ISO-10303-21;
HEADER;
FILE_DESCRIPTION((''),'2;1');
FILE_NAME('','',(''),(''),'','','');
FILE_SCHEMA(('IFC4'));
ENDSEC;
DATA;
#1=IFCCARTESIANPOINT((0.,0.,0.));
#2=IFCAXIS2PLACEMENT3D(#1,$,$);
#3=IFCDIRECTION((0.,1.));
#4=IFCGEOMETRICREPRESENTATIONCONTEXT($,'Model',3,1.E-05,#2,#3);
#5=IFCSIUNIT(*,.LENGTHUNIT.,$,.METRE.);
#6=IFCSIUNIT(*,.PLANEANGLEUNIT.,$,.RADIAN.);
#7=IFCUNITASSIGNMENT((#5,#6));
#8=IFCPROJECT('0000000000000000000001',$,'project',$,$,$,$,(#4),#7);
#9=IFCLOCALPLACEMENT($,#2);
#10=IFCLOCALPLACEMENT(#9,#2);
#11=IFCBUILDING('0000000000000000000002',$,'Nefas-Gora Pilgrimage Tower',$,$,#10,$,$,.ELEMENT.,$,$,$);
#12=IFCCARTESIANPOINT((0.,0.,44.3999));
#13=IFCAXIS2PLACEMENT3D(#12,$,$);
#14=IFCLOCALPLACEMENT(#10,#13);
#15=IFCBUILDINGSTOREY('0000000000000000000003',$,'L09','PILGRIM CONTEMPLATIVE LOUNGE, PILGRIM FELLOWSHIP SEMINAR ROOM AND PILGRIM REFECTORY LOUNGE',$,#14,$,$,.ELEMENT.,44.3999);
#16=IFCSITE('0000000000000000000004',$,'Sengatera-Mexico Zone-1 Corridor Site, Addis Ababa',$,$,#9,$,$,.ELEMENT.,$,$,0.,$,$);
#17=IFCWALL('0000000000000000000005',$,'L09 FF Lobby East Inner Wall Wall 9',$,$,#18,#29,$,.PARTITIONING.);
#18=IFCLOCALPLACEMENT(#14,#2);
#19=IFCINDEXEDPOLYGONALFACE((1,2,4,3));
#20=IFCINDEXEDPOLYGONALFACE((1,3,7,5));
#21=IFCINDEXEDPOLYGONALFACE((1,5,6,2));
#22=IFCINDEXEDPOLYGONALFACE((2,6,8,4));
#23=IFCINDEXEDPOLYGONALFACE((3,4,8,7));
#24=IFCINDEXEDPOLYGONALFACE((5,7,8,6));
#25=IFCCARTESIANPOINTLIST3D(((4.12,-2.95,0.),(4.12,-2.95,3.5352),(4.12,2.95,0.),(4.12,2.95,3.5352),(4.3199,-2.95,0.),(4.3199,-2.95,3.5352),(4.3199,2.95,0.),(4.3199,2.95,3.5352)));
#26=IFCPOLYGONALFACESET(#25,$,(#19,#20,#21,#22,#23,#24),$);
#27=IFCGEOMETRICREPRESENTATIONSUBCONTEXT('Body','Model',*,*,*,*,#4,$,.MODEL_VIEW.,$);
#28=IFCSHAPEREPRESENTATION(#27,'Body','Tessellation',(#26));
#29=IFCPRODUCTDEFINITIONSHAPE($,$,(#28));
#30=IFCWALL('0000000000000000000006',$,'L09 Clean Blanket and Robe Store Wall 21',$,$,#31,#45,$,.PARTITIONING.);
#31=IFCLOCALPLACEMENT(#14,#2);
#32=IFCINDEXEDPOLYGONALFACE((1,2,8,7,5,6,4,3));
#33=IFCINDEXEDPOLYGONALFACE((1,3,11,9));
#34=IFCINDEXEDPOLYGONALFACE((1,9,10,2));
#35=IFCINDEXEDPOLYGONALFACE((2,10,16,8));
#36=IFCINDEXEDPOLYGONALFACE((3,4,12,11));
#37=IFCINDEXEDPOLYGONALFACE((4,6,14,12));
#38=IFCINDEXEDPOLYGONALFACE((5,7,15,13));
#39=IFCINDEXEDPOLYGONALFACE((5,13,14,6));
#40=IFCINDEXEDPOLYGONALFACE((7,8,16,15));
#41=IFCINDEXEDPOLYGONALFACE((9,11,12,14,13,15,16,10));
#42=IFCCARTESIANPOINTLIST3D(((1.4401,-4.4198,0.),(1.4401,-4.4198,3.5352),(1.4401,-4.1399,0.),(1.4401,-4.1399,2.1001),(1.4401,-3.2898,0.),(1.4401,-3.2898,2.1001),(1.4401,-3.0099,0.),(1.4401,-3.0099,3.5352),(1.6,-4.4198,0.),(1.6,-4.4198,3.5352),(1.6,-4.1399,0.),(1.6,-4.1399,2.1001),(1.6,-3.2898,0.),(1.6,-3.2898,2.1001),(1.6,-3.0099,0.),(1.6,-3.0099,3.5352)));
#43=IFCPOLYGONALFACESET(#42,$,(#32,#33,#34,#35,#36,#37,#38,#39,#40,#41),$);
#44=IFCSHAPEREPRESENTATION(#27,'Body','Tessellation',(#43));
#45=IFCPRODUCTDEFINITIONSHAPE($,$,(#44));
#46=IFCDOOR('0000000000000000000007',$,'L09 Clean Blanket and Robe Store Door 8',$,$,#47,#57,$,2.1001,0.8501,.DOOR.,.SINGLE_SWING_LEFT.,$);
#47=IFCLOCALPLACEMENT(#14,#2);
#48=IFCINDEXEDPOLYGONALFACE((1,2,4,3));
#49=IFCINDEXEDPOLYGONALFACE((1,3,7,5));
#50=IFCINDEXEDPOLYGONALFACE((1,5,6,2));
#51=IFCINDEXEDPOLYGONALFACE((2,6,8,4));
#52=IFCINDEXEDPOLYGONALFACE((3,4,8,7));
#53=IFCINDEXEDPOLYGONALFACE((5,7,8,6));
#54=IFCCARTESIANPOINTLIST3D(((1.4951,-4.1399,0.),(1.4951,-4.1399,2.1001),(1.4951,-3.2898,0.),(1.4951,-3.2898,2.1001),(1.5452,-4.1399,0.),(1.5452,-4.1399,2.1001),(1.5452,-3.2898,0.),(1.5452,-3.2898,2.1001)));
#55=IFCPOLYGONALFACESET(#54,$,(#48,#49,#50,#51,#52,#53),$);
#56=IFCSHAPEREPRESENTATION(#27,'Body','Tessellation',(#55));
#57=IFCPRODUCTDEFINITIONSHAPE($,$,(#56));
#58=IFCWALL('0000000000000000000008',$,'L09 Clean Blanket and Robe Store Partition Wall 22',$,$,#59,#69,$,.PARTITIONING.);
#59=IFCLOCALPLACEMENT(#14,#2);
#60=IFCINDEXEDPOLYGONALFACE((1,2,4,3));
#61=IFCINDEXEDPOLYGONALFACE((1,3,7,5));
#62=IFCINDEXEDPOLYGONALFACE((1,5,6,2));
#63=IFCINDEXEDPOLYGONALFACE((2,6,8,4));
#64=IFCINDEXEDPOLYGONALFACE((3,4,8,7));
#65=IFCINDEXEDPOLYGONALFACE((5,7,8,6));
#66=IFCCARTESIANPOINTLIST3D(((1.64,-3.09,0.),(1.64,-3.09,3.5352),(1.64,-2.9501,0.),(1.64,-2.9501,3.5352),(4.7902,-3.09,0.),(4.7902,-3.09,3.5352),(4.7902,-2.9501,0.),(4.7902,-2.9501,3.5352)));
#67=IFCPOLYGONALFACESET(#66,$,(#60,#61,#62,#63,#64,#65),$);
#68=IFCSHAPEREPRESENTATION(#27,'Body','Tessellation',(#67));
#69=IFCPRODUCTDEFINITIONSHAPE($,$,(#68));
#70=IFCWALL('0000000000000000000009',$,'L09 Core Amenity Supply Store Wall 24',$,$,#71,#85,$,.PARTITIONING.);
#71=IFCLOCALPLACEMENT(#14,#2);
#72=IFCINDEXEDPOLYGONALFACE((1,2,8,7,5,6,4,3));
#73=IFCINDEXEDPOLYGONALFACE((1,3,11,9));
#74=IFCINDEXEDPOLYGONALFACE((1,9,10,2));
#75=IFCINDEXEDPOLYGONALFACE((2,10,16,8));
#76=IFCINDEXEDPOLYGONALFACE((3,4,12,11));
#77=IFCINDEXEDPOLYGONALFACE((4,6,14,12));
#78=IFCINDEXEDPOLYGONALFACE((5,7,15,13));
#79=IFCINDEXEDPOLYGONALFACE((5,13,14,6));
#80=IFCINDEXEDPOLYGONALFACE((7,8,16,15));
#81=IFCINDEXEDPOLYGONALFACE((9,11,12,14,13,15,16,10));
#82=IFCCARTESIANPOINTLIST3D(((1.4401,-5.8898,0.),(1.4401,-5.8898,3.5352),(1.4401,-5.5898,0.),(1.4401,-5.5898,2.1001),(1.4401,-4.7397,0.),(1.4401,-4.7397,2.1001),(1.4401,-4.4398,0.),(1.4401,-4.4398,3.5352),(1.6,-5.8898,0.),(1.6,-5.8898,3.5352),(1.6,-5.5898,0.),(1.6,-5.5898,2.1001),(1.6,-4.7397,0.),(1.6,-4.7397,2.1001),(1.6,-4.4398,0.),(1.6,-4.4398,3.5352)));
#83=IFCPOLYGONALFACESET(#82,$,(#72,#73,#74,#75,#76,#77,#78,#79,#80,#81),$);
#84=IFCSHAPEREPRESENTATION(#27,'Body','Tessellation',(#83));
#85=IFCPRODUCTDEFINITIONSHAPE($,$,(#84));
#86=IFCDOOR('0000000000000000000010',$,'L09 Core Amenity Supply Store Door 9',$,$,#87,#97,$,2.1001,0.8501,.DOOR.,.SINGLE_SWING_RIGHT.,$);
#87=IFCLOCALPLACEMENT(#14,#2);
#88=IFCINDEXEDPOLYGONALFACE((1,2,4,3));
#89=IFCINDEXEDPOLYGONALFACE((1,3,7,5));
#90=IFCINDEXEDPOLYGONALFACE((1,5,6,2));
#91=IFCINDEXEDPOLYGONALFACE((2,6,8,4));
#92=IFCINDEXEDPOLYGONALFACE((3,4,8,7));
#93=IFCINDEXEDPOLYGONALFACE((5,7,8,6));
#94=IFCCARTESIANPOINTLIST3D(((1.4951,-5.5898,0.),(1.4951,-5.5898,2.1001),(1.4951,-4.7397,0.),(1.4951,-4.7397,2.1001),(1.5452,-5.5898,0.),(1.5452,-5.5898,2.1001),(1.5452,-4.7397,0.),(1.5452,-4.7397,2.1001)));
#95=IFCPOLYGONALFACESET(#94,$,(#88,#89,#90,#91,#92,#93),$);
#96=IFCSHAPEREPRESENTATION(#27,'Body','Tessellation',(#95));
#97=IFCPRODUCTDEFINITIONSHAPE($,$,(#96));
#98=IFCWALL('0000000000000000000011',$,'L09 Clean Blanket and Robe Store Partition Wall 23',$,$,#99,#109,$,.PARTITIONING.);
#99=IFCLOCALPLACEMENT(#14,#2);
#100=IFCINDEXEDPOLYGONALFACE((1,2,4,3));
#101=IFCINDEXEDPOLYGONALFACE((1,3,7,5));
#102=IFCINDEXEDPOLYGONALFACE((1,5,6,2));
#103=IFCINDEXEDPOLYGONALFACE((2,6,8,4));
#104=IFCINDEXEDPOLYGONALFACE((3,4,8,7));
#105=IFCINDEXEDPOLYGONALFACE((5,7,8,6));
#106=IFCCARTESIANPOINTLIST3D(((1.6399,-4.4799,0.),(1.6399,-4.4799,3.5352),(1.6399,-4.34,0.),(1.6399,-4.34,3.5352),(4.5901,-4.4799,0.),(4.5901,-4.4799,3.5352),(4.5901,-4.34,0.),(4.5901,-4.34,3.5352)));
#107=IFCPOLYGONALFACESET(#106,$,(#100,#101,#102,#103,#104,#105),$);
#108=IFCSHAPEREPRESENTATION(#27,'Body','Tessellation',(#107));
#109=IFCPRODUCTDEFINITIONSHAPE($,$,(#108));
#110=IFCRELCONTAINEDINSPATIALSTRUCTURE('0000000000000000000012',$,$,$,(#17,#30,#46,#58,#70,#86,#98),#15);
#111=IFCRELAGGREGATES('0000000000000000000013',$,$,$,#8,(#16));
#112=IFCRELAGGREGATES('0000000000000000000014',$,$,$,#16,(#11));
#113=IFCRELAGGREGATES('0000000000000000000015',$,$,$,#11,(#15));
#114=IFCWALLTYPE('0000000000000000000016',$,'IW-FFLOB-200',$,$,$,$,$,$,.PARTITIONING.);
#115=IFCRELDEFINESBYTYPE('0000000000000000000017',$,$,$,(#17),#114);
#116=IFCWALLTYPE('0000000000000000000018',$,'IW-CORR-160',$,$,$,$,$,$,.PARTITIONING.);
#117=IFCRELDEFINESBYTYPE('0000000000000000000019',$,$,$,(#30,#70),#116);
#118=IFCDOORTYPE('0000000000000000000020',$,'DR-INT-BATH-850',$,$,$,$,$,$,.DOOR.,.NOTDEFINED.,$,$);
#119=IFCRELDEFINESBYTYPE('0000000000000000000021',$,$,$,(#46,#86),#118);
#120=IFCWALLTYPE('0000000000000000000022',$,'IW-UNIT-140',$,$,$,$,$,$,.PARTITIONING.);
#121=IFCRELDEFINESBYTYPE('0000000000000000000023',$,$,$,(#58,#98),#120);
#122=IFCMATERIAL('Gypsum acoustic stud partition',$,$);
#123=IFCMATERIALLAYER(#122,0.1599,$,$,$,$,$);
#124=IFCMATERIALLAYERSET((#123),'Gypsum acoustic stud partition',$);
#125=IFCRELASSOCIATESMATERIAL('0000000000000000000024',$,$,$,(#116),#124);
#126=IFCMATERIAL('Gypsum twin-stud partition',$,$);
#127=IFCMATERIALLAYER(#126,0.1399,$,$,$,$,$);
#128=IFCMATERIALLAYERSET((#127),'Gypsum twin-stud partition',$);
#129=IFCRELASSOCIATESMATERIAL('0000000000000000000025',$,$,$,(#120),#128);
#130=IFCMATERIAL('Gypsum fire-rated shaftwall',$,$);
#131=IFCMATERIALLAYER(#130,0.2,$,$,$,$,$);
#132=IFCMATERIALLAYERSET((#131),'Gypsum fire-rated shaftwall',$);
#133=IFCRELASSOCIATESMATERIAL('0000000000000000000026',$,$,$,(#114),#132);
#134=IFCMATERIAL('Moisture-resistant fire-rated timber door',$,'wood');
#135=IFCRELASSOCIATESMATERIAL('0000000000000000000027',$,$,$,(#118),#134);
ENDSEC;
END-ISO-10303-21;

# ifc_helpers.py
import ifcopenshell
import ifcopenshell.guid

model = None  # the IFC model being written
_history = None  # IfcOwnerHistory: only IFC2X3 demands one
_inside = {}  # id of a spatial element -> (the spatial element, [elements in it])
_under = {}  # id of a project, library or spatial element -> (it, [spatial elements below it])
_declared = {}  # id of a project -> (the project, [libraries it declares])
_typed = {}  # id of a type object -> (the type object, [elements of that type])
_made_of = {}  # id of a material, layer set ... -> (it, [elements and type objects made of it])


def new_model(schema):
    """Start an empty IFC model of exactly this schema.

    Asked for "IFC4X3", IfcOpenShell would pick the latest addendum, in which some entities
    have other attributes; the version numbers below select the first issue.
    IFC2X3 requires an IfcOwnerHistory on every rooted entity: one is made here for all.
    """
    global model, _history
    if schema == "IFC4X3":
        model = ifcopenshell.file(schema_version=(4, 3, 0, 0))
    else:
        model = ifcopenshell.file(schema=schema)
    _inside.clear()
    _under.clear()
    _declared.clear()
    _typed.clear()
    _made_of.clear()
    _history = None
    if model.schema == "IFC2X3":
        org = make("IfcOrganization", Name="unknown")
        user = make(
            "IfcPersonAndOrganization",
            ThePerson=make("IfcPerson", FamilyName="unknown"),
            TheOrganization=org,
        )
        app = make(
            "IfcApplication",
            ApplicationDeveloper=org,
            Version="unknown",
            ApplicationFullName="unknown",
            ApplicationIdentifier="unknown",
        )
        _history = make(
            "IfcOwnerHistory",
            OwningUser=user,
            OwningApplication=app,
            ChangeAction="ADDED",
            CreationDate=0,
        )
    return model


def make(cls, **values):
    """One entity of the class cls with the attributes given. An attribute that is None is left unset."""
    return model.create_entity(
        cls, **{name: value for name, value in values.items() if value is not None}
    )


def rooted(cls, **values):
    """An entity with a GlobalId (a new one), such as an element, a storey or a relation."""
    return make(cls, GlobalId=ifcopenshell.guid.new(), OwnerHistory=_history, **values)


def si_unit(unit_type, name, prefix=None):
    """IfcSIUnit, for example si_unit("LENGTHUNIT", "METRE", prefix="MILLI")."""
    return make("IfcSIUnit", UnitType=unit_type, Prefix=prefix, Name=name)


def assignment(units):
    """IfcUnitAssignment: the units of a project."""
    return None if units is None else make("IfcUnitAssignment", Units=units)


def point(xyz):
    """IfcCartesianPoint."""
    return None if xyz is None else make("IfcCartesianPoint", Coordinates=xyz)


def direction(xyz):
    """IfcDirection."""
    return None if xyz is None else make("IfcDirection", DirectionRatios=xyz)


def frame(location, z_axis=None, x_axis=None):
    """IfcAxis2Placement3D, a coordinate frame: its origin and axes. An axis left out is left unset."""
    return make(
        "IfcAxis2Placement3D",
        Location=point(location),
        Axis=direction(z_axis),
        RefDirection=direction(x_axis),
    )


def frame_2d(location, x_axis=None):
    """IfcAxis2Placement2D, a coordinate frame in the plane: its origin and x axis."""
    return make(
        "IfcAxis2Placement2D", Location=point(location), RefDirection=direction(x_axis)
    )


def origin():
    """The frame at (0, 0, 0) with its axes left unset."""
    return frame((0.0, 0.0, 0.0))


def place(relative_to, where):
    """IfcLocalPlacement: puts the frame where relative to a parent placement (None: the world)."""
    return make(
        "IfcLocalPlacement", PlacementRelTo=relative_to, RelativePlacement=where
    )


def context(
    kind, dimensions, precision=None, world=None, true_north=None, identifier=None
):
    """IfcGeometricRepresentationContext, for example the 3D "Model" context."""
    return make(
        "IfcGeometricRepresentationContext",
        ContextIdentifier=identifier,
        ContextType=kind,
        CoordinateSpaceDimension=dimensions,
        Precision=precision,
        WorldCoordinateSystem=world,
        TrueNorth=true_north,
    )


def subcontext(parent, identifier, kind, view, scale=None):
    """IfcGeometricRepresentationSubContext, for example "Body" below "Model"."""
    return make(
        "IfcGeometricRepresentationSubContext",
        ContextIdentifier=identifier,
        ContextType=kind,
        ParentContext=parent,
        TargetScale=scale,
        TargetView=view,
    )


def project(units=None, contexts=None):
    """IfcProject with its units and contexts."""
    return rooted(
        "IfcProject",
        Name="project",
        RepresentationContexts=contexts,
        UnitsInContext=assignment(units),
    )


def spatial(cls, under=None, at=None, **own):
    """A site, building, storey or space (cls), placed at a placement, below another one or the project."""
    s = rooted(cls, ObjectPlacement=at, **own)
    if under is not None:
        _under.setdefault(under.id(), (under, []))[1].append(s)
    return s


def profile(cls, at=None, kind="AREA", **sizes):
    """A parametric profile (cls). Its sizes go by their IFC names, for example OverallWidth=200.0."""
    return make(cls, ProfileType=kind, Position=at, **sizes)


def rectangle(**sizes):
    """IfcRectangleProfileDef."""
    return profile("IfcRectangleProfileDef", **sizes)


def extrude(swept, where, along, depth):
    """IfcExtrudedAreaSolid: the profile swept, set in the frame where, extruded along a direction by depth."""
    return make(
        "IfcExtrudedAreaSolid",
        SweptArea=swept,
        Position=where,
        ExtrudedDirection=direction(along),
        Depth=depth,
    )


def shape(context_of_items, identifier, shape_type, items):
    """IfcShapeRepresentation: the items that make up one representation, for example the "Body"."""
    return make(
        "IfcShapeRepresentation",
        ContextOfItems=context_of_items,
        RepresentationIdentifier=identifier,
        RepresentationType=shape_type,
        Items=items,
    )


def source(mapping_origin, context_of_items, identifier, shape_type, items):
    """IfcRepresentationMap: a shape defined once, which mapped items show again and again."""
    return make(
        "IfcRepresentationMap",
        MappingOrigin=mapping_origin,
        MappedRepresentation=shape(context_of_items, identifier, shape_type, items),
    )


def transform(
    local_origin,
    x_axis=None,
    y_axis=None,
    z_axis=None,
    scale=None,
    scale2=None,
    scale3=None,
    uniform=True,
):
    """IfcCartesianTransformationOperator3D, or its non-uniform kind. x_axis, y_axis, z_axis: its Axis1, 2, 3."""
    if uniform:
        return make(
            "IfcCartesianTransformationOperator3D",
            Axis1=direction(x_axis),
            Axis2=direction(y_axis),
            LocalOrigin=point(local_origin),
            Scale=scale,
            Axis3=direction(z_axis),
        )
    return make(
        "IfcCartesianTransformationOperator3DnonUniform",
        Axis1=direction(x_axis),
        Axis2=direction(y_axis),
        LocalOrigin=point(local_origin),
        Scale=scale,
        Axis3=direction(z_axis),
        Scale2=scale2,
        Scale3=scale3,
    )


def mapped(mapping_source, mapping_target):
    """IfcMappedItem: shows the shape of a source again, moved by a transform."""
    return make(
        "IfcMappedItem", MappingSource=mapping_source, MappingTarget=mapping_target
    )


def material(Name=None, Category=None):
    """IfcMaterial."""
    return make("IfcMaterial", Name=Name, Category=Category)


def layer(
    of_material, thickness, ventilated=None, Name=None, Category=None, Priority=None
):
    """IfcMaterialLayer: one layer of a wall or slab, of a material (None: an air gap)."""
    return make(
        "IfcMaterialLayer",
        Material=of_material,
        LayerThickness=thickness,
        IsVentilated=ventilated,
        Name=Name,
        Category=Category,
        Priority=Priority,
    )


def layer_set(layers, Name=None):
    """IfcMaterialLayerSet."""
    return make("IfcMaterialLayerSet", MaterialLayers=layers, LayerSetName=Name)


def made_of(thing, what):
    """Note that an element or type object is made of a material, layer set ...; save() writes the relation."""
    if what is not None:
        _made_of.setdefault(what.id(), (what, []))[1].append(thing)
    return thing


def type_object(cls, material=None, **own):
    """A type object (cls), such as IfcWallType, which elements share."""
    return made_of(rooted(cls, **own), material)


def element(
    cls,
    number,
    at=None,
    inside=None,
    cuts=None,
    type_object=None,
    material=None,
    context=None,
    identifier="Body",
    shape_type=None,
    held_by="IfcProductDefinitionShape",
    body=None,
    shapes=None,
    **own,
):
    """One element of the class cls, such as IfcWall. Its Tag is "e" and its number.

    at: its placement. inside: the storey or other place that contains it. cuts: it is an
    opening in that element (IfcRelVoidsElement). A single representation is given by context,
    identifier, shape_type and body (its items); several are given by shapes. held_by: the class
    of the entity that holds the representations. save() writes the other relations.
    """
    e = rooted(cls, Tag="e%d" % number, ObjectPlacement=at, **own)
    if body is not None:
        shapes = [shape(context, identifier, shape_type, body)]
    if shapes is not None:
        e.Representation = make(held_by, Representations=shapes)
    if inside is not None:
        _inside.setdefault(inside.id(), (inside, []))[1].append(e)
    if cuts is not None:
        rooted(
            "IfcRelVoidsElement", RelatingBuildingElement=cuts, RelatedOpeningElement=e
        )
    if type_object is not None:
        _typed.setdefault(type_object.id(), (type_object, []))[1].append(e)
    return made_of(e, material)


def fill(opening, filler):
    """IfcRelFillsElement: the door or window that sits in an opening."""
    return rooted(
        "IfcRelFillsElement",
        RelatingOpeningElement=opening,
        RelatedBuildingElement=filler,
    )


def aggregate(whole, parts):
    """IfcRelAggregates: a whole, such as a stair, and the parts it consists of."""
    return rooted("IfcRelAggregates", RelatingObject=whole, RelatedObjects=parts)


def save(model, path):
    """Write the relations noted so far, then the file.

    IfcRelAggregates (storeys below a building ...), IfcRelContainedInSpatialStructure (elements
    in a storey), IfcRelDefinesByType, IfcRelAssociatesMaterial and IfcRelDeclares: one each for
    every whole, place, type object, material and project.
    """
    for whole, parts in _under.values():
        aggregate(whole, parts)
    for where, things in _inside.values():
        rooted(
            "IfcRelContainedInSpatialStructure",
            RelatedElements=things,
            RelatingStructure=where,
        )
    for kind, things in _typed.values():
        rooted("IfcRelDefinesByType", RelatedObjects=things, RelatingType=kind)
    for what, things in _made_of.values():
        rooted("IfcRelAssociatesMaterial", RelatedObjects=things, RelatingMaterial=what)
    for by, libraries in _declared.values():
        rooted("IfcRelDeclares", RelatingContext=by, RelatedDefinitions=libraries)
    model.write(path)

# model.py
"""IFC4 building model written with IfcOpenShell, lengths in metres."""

from ifc_helpers import new_model, si_unit, direction, frame, frame_2d, origin, place, context, subcontext, project, spatial, rectangle, extrude, source, transform, mapped, material, layer, layer_set, type_object, element, fill, save


model = new_model("IFC4")

# Units and contexts
model_context = context("Model", 3, precision=1e-05, world=origin(), true_north=direction((0.0, 1.0)))
body_context = subcontext(model_context, "Body", "Model", "MODEL_VIEW")
ifc_project = project(units=[si_unit("LENGTHUNIT", "METRE"), si_unit("PLANEANGLEUNIT", "RADIAN")], contexts=[model_context])

# Site, building, storey
site_placement = place(None, origin())
site = spatial("IfcSite", under=ifc_project, at=site_placement, Name="Sengatera-Mexico Zone-1 Corridor Site, Addis Ababa", CompositionType="ELEMENT", RefElevation=0.0)
building_placement = place(site_placement, origin())
building = spatial("IfcBuilding", under=site, at=building_placement, Name="Nefas-Gora Pilgrimage Tower", CompositionType="ELEMENT")
storey_placement = place(building_placement, frame((0.0, 0.0, 44.3999)))
storey = spatial("IfcBuildingStorey", under=building, at=storey_placement, Name="L09", Description="PILGRIM CONTEMPLATIVE LOUNGE, PILGRIM FELLOWSHIP SEMINAR ROOM AND PILGRIM REFECTORY LOUNGE", CompositionType="ELEMENT", Elevation=44.3999)

# Shared definitions
ifc_material_1 = material(Name="Gypsum acoustic stud partition")
ifc_layer_1 = layer(ifc_material_1, 0.1599)
ifc_layer_set_1 = layer_set([ifc_layer_1], Name="Gypsum acoustic stud partition")
wall_type_1 = type_object("IfcWallType", Name="IW-CORR-160", PredefinedType="PARTITIONING", material=ifc_layer_set_1)

# Wall
ifc_material_2 = material(Name="Gypsum twin-stud partition")
ifc_layer_2 = layer(ifc_material_2, 0.1399)
ifc_layer_set_2 = layer_set([ifc_layer_2], Name="Gypsum twin-stud partition")
wall_type_2 = type_object("IfcWallType", Name="IW-UNIT-140", PredefinedType="PARTITIONING", material=ifc_layer_set_2)
ifc_material_3 = material(Name="Gypsum fire-rated shaftwall")
ifc_layer_3 = layer(ifc_material_3, 0.2)
ifc_layer_set_3 = layer_set([ifc_layer_3], Name="Gypsum fire-rated shaftwall")
wall_type_3 = type_object("IfcWallType", Name="IW-FFLOB-200", PredefinedType="PARTITIONING", material=ifc_layer_set_3)
shared_shape_1 = source(origin(), body_context, "Body", "SweptSolid", [
    extrude(rectangle(XDim=5.8999, YDim=0.2, at=frame_2d((2.95, 0.0))), origin(), (0.0, 0.0, 1.0), 3.5352),
])
wall_1_placement = place(storey_placement, frame((4.22, -2.95, 0.0), z_axis=(0.0, 0.0, 1.0), x_axis=(0.0, 1.0, 0.0)))
element("IfcWall", 1, at=wall_1_placement, inside=storey, type_object=wall_type_3, Name="L09 FF Lobby East Inner Wall Wall 9", PredefinedType="PARTITIONING", context=body_context, shape_type="MappedRepresentation", body=[
    mapped(shared_shape_1, transform((0.0, 0.0, 0.0), x_axis=(1.0, 0.0, 0.0), y_axis=(0.0, 1.0, 0.0), z_axis=(0.0, 0.0, 1.0), scale=1.0)),
])

# Wall, opening, door
shared_shape_2 = source(origin(), body_context, "Body", "SweptSolid", [
    extrude(rectangle(XDim=1.4099, YDim=0.1599, at=frame_2d((0.7051, 0.0))), origin(), (0.0, 0.0, 1.0), 3.5352),
])
wall_2_placement = place(storey_placement, frame((1.52, -4.4199, 0.0), z_axis=(0.0, 0.0, 1.0), x_axis=(0.0, 1.0, 0.0)))
wall_2 = element("IfcWall", 2, at=wall_2_placement, inside=storey, type_object=wall_type_1, Name="L09 Clean Blanket and Robe Store Wall 21", PredefinedType="PARTITIONING", context=body_context, shape_type="MappedRepresentation", body=[
    mapped(shared_shape_2, transform((0.0, 0.0, 0.0), x_axis=(1.0, 0.0, 0.0), y_axis=(0.0, 1.0, 0.0), z_axis=(0.0, 0.0, 1.0), scale=1.0)),
])
opening_1_placement = place(wall_2_placement, frame((0.28, 0.0, 0.0)))
opening_1 = element("IfcOpeningElement", 3, at=opening_1_placement, cuts=wall_2, PredefinedType="OPENING", context=body_context, shape_type="SweptSolid", body=[
    extrude(rectangle(XDim=0.8501, YDim=2.1001, at=frame_2d((0.425, 1.05))), frame((0.0, 0.0898, 0.0), z_axis=(0.0, -1.0, 0.0), x_axis=(1.0, 0.0, 0.0)), (0.0, 0.0, 1.0), 0.1799),
])
ifc_material_4 = material(Name="Moisture-resistant fire-rated timber door", Category="wood")
door_type_1 = type_object("IfcDoorType", Name="DR-INT-BATH-850", OperationType="NOTDEFINED", PredefinedType="DOOR", material=ifc_material_4)
shared_shape_3 = source(origin(), body_context, "Body", "SweptSolid", [
    extrude(rectangle(XDim=0.8501, YDim=2.1001, at=frame_2d((0.425, 1.05))), frame((0.0, 0.0249, 0.0), z_axis=(0.0, -1.0, 0.0), x_axis=(1.0, 0.0, 0.0)), (0.0, 0.0, 1.0), 0.05),
])
door_1_placement = place(opening_1_placement, origin())
door_1 = element("IfcDoor", 4, at=door_1_placement, inside=storey, type_object=door_type_1, Name="L09 Clean Blanket and Robe Store Door 8", OperationType="SINGLE_SWING_LEFT", OverallHeight=2.1001, OverallWidth=0.8501, PredefinedType="DOOR", context=body_context, shape_type="MappedRepresentation", body=[
    mapped(shared_shape_3, transform((0.0, 0.0, 0.0), x_axis=(1.0, 0.0, 0.0), y_axis=(0.0, 1.0, 0.0), z_axis=(0.0, 0.0, 1.0), scale=1.0)),
])
fill(opening_1, door_1)

# Wall
shared_shape_4 = source(origin(), body_context, "Body", "SweptSolid", [
    extrude(rectangle(XDim=3.1501, YDim=0.1399, at=frame_2d((1.5752, 0.0))), origin(), (0.0, 0.0, 1.0), 3.5352),
])
wall_3_placement = place(storey_placement, frame((1.6399, -3.02, 0.0), z_axis=(0.0, 0.0, 1.0), x_axis=(1.0, 0.0, 0.0)))
element("IfcWall", 5, at=wall_3_placement, inside=storey, type_object=wall_type_2, Name="L09 Clean Blanket and Robe Store Partition Wall 22", PredefinedType="PARTITIONING", context=body_context, shape_type="MappedRepresentation", body=[
    mapped(shared_shape_4, transform((0.0, 0.0, 0.0), x_axis=(1.0, 0.0, 0.0), y_axis=(0.0, 1.0, 0.0), z_axis=(0.0, 0.0, 1.0), scale=1.0)),
])

# Wall, opening, door
shared_shape_5 = source(origin(), body_context, "Body", "SweptSolid", [
    extrude(rectangle(XDim=1.45, YDim=0.1599, at=frame_2d((0.7251, 0.0))), origin(), (0.0, 0.0, 1.0), 3.5352),
])
wall_4_placement = place(storey_placement, frame((1.52, -5.8899, 0.0), z_axis=(0.0, 0.0, 1.0), x_axis=(0.0, 1.0, 0.0)))
wall_4 = element("IfcWall", 6, at=wall_4_placement, inside=storey, type_object=wall_type_1, Name="L09 Core Amenity Supply Store Wall 24", PredefinedType="PARTITIONING", context=body_context, shape_type="MappedRepresentation", body=[
    mapped(shared_shape_5, transform((0.0, 0.0, 0.0), x_axis=(1.0, 0.0, 0.0), y_axis=(0.0, 1.0, 0.0), z_axis=(0.0, 0.0, 1.0), scale=1.0)),
])
opening_2_placement = place(wall_4_placement, frame((0.3, 0.0, 0.0)))
opening_2 = element("IfcOpeningElement", 7, at=opening_2_placement, cuts=wall_4, PredefinedType="OPENING", context=body_context, shape_type="SweptSolid", body=[
    extrude(rectangle(XDim=0.8501, YDim=2.1001, at=frame_2d((0.425, 1.05))), frame((0.0, 0.0898, 0.0), z_axis=(0.0, -1.0, 0.0), x_axis=(1.0, 0.0, 0.0)), (0.0, 0.0, 1.0), 0.1799),
])
door_2_placement = place(opening_2_placement, origin())
door_2 = element("IfcDoor", 8, at=door_2_placement, inside=storey, type_object=door_type_1, Name="L09 Core Amenity Supply Store Door 9", OperationType="SINGLE_SWING_RIGHT", OverallHeight=2.1001, OverallWidth=0.8501, PredefinedType="DOOR", context=body_context, shape_type="MappedRepresentation", body=[
    mapped(shared_shape_3, transform((0.0, 0.0, 0.0), x_axis=(1.0, 0.0, 0.0), y_axis=(0.0, 1.0, 0.0), z_axis=(0.0, 0.0, 1.0), scale=1.0)),
])
fill(opening_2, door_2)

# Wall
shared_shape_6 = source(origin(), body_context, "Body", "SweptSolid", [
    extrude(rectangle(XDim=2.9502, YDim=0.1399, at=frame_2d((1.4751, 0.0))), origin(), (0.0, 0.0, 1.0), 3.5352),
])
wall_5_placement = place(storey_placement, frame((1.6399, -4.4099, 0.0), z_axis=(0.0, 0.0, 1.0), x_axis=(1.0, 0.0, 0.0)))
element("IfcWall", 9, at=wall_5_placement, inside=storey, type_object=wall_type_2, Name="L09 Clean Blanket and Robe Store Partition Wall 23", PredefinedType="PARTITIONING", context=body_context, shape_type="MappedRepresentation", body=[
    mapped(shared_shape_6, transform((0.0, 0.0, 0.0), x_axis=(1.0, 0.0, 0.0), y_axis=(0.0, 1.0, 0.0), z_axis=(0.0, 0.0, 1.0), scale=1.0)),
])

save(model, "model.ifc")
